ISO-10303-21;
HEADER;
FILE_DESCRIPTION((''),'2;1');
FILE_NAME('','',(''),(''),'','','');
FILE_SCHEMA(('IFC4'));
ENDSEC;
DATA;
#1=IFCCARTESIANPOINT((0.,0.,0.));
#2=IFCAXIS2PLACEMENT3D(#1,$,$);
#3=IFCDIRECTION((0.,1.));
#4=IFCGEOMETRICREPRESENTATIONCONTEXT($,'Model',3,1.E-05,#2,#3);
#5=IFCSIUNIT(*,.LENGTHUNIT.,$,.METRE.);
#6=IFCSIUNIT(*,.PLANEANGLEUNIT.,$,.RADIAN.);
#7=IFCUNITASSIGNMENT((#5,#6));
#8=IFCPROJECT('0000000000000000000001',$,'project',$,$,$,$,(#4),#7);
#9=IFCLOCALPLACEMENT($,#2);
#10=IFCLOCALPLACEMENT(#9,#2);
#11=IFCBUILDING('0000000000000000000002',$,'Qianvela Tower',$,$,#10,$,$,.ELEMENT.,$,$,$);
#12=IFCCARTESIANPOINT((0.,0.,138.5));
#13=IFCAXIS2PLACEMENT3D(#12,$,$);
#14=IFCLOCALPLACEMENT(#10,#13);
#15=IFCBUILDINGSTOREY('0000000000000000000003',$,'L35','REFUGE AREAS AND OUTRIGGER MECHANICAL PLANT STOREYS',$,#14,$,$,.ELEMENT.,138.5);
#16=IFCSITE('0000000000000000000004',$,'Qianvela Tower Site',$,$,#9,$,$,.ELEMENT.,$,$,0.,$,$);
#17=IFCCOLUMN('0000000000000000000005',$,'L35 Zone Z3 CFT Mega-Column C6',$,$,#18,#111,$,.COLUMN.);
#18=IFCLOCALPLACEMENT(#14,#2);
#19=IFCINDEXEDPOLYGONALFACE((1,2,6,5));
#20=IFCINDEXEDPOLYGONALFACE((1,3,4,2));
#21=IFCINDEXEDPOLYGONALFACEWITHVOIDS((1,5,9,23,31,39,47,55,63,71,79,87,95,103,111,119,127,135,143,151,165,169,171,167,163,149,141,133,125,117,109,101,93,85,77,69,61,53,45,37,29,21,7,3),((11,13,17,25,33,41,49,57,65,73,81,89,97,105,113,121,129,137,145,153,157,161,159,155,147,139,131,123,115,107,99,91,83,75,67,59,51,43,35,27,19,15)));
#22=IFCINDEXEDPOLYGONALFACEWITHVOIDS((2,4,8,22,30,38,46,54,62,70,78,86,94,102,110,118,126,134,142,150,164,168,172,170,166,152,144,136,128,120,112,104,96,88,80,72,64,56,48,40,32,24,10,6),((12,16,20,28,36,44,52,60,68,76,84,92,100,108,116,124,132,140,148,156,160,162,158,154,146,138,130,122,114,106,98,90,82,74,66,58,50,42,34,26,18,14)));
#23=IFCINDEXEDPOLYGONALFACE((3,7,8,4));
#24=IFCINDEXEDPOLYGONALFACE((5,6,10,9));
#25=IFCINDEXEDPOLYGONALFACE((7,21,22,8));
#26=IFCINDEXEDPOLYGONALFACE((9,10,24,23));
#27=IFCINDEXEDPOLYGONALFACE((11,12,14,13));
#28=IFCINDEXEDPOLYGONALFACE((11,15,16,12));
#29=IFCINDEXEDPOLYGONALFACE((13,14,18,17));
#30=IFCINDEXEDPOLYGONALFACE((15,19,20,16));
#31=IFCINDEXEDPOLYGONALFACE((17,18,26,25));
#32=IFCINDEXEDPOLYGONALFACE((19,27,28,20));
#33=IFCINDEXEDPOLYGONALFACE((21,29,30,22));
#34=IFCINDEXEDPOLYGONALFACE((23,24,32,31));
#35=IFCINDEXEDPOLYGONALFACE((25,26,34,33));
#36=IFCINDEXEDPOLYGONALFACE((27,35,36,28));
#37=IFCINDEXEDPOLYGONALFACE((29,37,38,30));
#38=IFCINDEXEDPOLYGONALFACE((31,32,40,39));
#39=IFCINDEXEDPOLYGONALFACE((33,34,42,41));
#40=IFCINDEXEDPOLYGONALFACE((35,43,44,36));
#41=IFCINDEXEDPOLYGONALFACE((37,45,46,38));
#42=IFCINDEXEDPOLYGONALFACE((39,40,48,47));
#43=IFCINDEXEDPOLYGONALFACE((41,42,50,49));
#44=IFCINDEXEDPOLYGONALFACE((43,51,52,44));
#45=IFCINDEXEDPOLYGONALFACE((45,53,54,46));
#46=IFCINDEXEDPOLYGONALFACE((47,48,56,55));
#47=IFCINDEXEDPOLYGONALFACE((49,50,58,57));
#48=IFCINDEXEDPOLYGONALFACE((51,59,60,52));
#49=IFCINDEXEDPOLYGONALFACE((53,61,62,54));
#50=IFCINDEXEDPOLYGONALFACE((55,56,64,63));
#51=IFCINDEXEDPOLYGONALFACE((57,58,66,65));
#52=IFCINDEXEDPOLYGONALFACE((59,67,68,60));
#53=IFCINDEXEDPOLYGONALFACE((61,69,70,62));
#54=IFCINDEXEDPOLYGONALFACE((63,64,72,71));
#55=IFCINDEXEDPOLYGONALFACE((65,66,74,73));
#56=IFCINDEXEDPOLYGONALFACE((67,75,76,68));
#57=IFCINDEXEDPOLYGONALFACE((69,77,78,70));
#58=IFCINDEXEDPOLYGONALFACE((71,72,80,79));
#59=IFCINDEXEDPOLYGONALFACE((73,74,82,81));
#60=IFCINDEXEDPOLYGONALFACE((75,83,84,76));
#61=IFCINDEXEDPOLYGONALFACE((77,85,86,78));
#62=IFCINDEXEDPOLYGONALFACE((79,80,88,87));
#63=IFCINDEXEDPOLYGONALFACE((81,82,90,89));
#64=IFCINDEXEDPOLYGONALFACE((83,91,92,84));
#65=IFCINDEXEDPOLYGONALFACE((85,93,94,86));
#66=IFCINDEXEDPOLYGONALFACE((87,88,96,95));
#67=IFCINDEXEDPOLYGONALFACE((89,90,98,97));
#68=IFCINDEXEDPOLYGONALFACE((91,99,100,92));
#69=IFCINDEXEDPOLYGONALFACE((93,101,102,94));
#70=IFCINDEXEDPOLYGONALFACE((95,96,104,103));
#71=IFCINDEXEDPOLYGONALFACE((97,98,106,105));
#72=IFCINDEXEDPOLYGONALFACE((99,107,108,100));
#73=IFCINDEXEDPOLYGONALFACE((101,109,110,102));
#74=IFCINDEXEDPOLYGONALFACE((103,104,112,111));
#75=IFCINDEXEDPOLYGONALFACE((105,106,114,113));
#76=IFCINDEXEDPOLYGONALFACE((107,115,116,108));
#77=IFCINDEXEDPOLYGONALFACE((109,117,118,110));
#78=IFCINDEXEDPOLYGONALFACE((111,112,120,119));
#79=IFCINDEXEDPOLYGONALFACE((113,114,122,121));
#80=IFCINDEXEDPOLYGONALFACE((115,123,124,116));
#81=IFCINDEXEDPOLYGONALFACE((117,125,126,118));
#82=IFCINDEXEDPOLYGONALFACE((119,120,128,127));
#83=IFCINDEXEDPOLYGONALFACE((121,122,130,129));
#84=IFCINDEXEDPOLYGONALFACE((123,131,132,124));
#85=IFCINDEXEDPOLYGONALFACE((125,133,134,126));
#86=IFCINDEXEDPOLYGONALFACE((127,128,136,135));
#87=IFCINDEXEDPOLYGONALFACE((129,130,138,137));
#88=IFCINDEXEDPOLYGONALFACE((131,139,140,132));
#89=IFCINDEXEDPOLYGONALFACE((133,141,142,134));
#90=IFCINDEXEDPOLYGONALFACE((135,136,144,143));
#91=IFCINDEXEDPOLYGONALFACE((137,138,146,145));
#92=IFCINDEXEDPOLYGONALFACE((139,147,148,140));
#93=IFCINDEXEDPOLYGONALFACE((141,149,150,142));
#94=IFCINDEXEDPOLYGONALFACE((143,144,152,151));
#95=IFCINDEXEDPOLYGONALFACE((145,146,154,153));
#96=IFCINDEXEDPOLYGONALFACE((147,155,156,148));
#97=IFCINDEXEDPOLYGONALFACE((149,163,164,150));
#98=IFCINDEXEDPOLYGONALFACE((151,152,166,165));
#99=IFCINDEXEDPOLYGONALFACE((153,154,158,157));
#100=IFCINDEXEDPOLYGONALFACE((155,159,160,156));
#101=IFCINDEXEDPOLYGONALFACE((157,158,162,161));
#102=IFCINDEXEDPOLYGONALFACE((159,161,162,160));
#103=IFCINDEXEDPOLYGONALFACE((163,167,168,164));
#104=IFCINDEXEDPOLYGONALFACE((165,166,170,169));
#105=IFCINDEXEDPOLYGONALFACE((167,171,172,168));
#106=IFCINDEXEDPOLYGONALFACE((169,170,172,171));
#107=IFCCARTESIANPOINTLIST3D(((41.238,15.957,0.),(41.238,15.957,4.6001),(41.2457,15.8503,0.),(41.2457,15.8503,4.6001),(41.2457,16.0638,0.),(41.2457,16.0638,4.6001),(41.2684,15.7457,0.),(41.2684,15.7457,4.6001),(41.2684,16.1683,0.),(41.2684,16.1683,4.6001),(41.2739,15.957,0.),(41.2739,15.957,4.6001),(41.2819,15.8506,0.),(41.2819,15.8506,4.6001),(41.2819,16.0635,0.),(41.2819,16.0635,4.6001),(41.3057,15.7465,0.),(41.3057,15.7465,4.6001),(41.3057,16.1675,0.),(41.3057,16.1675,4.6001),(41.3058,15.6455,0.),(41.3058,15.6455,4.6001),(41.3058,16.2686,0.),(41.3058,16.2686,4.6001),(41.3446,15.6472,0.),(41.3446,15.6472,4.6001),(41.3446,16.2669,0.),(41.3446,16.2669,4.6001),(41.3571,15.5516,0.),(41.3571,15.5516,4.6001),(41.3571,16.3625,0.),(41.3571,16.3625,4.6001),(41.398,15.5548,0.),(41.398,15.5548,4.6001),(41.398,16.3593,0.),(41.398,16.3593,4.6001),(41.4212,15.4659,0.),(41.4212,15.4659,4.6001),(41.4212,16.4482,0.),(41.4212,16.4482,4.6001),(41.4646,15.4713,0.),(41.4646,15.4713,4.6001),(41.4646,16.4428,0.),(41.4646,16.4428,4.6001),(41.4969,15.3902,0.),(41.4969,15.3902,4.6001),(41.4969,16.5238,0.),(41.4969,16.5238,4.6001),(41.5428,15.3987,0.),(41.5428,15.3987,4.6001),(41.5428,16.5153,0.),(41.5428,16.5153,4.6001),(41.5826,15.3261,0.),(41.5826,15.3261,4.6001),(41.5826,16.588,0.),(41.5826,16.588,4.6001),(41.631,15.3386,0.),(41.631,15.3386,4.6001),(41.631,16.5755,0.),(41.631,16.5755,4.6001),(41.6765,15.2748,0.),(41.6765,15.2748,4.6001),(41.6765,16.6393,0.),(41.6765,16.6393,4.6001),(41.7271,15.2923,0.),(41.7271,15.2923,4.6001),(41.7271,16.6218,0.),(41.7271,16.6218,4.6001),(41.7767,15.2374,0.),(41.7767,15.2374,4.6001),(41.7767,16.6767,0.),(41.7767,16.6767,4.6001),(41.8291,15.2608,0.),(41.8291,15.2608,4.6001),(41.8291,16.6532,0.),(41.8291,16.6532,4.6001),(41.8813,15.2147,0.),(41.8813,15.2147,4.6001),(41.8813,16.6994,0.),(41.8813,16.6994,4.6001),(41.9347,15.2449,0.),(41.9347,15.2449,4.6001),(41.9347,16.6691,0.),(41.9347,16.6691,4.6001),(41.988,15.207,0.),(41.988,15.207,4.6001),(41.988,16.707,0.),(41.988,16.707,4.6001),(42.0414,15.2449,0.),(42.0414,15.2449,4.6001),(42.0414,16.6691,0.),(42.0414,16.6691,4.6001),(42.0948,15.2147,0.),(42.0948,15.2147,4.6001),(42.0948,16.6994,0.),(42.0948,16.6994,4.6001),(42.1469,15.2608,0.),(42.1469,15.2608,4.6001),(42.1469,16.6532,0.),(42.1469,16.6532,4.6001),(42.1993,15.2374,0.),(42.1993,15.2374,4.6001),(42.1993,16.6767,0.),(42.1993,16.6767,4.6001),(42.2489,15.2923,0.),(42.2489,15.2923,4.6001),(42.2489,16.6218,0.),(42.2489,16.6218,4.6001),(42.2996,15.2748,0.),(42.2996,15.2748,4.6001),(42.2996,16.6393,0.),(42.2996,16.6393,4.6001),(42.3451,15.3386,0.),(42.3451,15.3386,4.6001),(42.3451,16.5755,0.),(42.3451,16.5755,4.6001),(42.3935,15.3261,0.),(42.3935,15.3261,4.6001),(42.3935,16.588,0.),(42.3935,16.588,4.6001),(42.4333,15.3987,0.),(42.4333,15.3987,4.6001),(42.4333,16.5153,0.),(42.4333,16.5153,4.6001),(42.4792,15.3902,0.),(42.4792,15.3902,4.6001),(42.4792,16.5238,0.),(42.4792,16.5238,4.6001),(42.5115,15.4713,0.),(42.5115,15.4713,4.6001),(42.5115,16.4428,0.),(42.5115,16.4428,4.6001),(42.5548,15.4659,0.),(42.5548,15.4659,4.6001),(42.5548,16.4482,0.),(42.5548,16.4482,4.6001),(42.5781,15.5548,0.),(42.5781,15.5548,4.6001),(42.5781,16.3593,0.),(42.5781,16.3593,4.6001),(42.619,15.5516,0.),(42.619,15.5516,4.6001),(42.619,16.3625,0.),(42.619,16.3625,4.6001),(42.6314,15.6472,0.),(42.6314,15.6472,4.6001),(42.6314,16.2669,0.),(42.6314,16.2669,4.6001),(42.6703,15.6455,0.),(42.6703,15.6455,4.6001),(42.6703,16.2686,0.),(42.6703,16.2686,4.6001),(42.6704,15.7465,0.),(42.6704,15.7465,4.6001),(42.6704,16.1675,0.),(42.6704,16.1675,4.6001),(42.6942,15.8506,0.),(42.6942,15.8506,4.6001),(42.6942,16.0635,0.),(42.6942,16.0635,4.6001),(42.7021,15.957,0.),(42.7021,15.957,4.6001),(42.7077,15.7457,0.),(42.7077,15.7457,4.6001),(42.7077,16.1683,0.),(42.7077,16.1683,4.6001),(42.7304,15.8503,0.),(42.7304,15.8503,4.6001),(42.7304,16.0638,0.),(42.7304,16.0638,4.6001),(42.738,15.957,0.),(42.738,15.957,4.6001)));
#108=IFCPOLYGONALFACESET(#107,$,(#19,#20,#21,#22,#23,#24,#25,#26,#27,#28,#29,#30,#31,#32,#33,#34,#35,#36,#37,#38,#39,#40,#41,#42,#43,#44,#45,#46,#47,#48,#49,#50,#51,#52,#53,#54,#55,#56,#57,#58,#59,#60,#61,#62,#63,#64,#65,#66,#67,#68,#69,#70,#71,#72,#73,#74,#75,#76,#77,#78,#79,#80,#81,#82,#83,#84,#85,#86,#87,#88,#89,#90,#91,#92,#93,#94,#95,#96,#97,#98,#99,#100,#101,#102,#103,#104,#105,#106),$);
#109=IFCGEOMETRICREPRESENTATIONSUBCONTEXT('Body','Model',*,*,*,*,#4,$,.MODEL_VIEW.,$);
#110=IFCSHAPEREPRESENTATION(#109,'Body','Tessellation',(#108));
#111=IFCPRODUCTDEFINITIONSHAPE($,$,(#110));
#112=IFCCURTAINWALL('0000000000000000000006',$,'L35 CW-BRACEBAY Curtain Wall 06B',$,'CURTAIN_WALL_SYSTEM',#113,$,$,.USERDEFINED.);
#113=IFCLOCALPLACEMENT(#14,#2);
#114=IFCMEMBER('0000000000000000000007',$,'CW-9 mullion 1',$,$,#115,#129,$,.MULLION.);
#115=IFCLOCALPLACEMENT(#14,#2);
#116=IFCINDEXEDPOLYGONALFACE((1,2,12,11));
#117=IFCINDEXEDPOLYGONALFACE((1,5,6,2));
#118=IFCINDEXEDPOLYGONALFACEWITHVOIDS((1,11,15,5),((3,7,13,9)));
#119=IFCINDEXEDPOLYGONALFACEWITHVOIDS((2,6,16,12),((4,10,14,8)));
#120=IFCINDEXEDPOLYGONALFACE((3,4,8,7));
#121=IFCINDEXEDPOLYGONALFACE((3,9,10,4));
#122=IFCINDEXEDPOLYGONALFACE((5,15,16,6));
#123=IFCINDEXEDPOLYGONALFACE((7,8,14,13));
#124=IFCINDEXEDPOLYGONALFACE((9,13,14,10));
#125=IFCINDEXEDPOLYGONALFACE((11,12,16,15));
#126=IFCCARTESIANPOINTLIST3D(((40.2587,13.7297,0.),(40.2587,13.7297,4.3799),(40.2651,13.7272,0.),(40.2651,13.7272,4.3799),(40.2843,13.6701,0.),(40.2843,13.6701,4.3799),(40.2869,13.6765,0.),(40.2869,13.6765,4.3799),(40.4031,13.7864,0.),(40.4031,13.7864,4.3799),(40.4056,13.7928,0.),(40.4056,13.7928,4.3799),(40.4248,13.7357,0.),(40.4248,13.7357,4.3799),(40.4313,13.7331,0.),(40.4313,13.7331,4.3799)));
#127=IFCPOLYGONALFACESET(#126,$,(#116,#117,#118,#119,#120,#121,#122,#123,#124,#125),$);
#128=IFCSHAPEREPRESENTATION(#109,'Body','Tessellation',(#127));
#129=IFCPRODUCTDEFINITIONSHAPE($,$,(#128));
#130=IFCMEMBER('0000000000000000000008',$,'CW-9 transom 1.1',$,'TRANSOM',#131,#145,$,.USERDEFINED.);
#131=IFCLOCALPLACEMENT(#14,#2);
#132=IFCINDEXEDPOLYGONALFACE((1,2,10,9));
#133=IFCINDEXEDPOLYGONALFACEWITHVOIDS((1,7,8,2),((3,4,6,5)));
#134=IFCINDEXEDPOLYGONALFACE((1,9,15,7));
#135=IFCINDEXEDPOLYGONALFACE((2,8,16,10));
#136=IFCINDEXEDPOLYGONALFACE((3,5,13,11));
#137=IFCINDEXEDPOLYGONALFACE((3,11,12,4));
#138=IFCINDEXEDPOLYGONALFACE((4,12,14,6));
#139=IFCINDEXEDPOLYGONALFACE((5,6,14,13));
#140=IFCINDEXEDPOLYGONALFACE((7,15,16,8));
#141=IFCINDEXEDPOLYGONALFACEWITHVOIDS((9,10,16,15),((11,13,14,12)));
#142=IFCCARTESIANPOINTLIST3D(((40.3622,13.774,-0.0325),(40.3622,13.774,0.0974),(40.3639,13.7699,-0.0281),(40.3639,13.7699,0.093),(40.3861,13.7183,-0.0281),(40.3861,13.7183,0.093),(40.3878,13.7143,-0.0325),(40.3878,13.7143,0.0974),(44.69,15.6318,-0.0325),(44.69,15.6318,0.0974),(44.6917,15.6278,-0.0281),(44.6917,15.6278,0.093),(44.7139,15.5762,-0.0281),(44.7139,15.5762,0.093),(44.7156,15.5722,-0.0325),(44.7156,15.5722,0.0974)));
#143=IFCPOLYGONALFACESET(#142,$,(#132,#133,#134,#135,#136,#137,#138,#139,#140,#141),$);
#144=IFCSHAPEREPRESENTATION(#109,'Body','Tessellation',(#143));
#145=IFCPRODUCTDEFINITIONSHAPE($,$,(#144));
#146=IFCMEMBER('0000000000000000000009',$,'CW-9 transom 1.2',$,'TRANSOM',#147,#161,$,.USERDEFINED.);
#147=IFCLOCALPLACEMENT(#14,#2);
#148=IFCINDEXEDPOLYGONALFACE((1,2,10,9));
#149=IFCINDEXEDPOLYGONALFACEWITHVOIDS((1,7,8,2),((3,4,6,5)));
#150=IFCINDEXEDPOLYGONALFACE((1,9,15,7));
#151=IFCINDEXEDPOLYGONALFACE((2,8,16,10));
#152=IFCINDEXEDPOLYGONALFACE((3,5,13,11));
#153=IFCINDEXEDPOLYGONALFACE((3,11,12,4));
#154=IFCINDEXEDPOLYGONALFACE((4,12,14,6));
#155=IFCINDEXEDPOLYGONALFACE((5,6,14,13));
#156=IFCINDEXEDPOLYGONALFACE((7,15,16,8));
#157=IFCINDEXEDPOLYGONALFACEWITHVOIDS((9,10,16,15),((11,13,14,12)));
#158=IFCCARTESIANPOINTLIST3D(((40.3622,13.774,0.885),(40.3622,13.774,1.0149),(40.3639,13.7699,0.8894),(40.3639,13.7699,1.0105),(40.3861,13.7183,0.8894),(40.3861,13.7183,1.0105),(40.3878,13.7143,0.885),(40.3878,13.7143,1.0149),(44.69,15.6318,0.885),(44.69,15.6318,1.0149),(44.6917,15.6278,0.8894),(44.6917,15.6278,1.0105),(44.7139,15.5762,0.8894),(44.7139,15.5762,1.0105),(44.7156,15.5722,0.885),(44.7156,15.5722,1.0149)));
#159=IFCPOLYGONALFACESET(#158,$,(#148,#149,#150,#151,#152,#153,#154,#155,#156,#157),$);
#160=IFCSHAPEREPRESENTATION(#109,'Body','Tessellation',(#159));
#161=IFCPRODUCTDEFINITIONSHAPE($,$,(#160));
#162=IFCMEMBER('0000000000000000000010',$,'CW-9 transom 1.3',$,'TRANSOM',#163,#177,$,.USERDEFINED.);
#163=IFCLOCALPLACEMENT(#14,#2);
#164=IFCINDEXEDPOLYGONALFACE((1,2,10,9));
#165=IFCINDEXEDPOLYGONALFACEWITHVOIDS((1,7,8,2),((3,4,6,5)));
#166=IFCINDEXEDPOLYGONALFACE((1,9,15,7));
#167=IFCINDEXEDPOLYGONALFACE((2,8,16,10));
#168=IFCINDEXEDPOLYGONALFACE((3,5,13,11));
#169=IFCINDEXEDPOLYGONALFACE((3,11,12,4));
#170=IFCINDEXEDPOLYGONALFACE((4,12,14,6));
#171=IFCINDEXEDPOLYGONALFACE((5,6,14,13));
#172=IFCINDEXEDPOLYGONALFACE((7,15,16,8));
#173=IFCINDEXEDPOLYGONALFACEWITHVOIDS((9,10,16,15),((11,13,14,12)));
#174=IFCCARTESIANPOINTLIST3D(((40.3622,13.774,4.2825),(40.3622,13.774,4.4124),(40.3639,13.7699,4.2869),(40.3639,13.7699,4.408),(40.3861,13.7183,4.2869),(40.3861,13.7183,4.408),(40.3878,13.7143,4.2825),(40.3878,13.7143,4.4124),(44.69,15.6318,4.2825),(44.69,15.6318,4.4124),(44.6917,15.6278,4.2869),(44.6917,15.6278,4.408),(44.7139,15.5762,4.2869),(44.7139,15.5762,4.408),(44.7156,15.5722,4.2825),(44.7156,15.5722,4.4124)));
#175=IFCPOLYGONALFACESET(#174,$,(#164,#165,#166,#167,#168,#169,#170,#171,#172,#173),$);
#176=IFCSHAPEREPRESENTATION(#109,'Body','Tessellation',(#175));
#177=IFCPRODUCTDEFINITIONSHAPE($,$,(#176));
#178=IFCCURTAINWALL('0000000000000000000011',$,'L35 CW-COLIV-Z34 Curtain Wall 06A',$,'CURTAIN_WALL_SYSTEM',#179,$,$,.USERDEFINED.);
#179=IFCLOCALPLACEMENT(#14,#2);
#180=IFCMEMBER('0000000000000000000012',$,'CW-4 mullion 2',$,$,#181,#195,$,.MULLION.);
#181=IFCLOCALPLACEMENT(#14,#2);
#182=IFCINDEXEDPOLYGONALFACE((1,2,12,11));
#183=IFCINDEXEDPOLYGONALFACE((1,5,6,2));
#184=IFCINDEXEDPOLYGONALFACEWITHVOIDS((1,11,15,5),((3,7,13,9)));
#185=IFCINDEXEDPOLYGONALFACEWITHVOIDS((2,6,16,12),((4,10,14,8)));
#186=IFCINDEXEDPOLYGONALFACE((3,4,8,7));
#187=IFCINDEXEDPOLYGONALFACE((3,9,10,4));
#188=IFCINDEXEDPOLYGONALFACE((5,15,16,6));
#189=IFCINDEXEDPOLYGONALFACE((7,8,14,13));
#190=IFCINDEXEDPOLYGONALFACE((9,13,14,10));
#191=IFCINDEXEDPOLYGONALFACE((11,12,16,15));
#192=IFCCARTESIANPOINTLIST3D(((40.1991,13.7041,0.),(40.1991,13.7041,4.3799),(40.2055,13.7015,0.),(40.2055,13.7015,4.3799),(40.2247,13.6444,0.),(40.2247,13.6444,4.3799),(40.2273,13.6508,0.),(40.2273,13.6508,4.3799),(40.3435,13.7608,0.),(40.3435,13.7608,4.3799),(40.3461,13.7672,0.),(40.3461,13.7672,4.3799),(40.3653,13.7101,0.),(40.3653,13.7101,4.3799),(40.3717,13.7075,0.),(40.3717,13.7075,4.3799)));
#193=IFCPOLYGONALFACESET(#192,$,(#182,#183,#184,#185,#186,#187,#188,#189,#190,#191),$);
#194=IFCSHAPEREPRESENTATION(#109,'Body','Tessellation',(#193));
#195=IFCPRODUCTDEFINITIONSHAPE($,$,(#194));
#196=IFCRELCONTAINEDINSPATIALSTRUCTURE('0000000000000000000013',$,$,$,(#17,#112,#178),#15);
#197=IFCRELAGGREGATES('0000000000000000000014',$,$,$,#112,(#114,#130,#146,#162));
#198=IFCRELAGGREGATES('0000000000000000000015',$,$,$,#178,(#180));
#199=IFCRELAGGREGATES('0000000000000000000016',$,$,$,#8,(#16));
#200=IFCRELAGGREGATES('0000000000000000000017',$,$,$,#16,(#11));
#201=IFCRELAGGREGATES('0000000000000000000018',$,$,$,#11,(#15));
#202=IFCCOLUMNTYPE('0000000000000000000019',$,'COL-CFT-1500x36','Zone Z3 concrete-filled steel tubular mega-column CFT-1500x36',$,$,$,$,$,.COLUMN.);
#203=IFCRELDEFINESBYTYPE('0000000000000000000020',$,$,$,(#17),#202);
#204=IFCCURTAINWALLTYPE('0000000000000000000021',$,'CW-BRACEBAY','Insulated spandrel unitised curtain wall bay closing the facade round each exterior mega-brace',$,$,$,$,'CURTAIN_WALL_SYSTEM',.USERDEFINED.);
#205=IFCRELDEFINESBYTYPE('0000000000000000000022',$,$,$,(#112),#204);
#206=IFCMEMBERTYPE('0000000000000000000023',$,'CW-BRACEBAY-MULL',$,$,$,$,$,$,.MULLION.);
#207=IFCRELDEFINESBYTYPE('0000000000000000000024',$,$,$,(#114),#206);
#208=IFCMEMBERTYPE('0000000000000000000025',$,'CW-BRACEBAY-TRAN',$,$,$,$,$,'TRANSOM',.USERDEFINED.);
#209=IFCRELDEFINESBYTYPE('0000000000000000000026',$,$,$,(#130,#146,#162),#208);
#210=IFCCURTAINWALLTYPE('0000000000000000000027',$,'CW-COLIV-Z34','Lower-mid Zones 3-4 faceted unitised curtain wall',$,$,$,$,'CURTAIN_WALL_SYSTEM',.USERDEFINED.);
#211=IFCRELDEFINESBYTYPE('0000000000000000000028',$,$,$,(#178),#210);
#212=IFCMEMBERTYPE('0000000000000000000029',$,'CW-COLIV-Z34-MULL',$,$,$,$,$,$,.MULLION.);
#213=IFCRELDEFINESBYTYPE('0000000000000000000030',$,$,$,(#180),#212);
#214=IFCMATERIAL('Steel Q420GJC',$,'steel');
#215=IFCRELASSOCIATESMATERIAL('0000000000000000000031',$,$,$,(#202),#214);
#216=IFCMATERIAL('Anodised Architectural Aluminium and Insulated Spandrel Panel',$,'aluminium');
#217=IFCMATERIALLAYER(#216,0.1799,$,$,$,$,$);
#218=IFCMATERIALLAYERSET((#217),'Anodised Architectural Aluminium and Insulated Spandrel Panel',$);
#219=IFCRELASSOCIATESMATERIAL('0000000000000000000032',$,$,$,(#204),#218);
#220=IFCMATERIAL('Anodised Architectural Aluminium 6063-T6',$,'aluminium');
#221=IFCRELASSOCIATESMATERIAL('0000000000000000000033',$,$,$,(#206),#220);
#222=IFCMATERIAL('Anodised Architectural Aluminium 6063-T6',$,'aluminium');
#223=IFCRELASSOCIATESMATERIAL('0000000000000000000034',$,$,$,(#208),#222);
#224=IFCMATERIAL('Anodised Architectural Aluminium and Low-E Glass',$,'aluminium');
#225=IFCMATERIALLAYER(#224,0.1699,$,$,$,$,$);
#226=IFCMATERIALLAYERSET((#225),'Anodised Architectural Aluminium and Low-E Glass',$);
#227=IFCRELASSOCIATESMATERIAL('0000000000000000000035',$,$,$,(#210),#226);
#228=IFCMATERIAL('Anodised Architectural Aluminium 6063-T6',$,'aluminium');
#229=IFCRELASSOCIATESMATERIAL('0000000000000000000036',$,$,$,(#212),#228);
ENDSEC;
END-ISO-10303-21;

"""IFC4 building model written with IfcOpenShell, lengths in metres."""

from ifc_helpers import new_model, si_unit, direction, frame, origin, origin_2d, place, context, subcontext, project, spatial, hollow_rectangle, hollow_circle, extrude, material, layer, layer_set, material_profile, profile_set, type_object, element, aggregate, save


model = new_model("IFC4")

# Units and contexts
model_context = context("Model", 3, precision=1e-05, world=origin(), true_north=direction((0.0, 1.0)))
body_context = subcontext(model_context, "Body", "Model", "MODEL_VIEW")
ifc_project = project(units=[si_unit("LENGTHUNIT", "METRE"), si_unit("PLANEANGLEUNIT", "RADIAN")], contexts=[model_context])

# Site, building, storey
site_placement = place(None, origin())
site = spatial("IfcSite", under=ifc_project, at=site_placement, Name="Qianvela Tower Site", CompositionType="ELEMENT", RefElevation=0.0)
building_placement = place(site_placement, origin())
building = spatial("IfcBuilding", under=site, at=building_placement, Name="Qianvela Tower", CompositionType="ELEMENT")
storey_placement = place(building_placement, frame((0.0, 0.0, 138.5)))
storey = spatial("IfcBuildingStorey", under=building, at=storey_placement, Name="L35", Description="REFUGE AREAS AND OUTRIGGER MECHANICAL PLANT STOREYS", CompositionType="ELEMENT", Elevation=138.5)

# Column
ifc_material_1 = material(Name="Steel Q420GJC", Category="steel")
ifc_material_profile_1 = material_profile(ifc_material_1, hollow_circle(Radius=0.75, WallThickness=0.0359, at=origin_2d()), Name="CFT-1500x36")
ifc_profile_set_1 = profile_set([ifc_material_profile_1], Name="Steel Q420GJC")
column_type = type_object("IfcColumnType", Name="COL-CFT-1500x36", Description="Zone Z3 concrete-filled steel tubular mega-column CFT-1500x36", PredefinedType="COLUMN", material=ifc_profile_set_1)
column_placement = place(storey_placement, frame((41.988, 15.957, 0.0), z_axis=(0.0, 0.0, 1.0), x_axis=(1.0, 0.0, 0.0)))
element("IfcColumn", 1, at=column_placement, inside=storey, type_object=column_type, Name="L35 Zone Z3 CFT Mega-Column C6", PredefinedType="COLUMN", context=body_context, shape_type="SweptSolid", body=[
    extrude(hollow_circle(Radius=0.75, WallThickness=0.0359, at=origin_2d()), origin(), (0.0, 0.0, 1.0), 4.6001),
])

# Curtain wall, members
ifc_material_2 = material(Name="Anodised Architectural Aluminium and Insulated Spandrel Panel", Category="aluminium")
ifc_layer_1 = layer(ifc_material_2, 0.1799)
ifc_layer_set_1 = layer_set([ifc_layer_1], Name="Anodised Architectural Aluminium and Insulated Spandrel Panel")
curtain_wall_type_1 = type_object("IfcCurtainWallType", Name="CW-BRACEBAY", Description="Insulated spandrel unitised curtain wall bay closing the facade round each exterior mega-brace", ElementType="CURTAIN_WALL_SYSTEM", PredefinedType="USERDEFINED", material=ifc_layer_set_1)
curtain_wall_1_placement = place(storey_placement, origin())
curtain_wall_1 = element("IfcCurtainWall", 2, at=curtain_wall_1_placement, inside=storey, type_object=curtain_wall_type_1, Name="L35 CW-BRACEBAY Curtain Wall 06B", ObjectType="CURTAIN_WALL_SYSTEM", PredefinedType="USERDEFINED")
ifc_material_3 = material(Name="Anodised Architectural Aluminium 6063-T6", Category="aluminium")
ifc_material_profile_2 = material_profile(ifc_material_3, hollow_rectangle(XDim=0.0649, YDim=0.1599, WallThickness=0.0049, at=origin_2d()), Name="ALU-MULL-65x160")
ifc_profile_set_2 = profile_set([ifc_material_profile_2], Name="Anodised Architectural Aluminium 6063-T6")
member_type_1 = type_object("IfcMemberType", Name="CW-BRACEBAY-MULL", PredefinedType="MULLION", material=ifc_profile_set_2)
member_1_placement = place(storey_placement, frame((40.345, 13.7314, 0.0), z_axis=(0.0, 0.0, 1.0), x_axis=(-0.394465, 0.918911, 0.0)))
member_1 = element("IfcMember", 3, at=member_1_placement, type_object=member_type_1, Name="CW-9 mullion 1", PredefinedType="MULLION", context=body_context, shape_type="SweptSolid", body=[
    extrude(hollow_rectangle(XDim=0.0649, YDim=0.1599, WallThickness=0.0049, at=origin_2d()), origin(), (0.0, 0.0, 1.0), 4.3799),
])
ifc_material_4 = material(Name="Anodised Architectural Aluminium 6063-T6", Category="aluminium")
ifc_material_profile_3 = material_profile(ifc_material_4, hollow_rectangle(XDim=0.0649, YDim=0.1299, WallThickness=0.0044, at=origin_2d()), Name="ALU-TRAN-65x130")
ifc_profile_set_3 = profile_set([ifc_material_profile_3], Name="Anodised Architectural Aluminium 6063-T6")
member_type_2 = type_object("IfcMemberType", Name="CW-BRACEBAY-TRAN", ElementType="TRANSOM", PredefinedType="USERDEFINED", material=ifc_profile_set_3)
member_2_placement = place(storey_placement, frame((40.375, 13.7441, 0.0325), z_axis=(0.918906, 0.394476, 0.0), x_axis=(-0.394476, 0.918906, 0.0)))
member_2 = element("IfcMember", 4, at=member_2_placement, type_object=member_type_2, Name="CW-9 transom 1.1", ObjectType="TRANSOM", PredefinedType="USERDEFINED", context=body_context, shape_type="SweptSolid", body=[
    extrude(hollow_rectangle(XDim=0.0649, YDim=0.1299, WallThickness=0.0044, at=origin_2d()), origin(), (0.0, 0.0, 1.0), 4.7097),
])
member_3_placement = place(storey_placement, frame((40.375, 13.7441, 0.95), z_axis=(0.918906, 0.394476, 0.0), x_axis=(-0.394476, 0.918906, 0.0)))
member_3 = element("IfcMember", 5, at=member_3_placement, type_object=member_type_2, Name="CW-9 transom 1.2", ObjectType="TRANSOM", PredefinedType="USERDEFINED", context=body_context, shape_type="SweptSolid", body=[
    extrude(hollow_rectangle(XDim=0.0649, YDim=0.1299, WallThickness=0.0044, at=origin_2d()), origin(), (0.0, 0.0, 1.0), 4.7097),
])
member_4_placement = place(storey_placement, frame((40.375, 13.7441, 4.3474), z_axis=(0.918906, 0.394476, 0.0), x_axis=(-0.394476, 0.918906, 0.0)))
member_4 = element("IfcMember", 6, at=member_4_placement, type_object=member_type_2, Name="CW-9 transom 1.3", ObjectType="TRANSOM", PredefinedType="USERDEFINED", context=body_context, shape_type="SweptSolid", body=[
    extrude(hollow_rectangle(XDim=0.0649, YDim=0.1299, WallThickness=0.0044, at=origin_2d()), origin(), (0.0, 0.0, 1.0), 4.7097),
])
aggregate(curtain_wall_1, [member_1, member_2, member_3, member_4])

# Curtain wall, member
ifc_material_5 = material(Name="Anodised Architectural Aluminium and Low-E Glass", Category="aluminium")
ifc_layer_2 = layer(ifc_material_5, 0.1699)
ifc_layer_set_2 = layer_set([ifc_layer_2], Name="Anodised Architectural Aluminium and Low-E Glass")
curtain_wall_type_2 = type_object("IfcCurtainWallType", Name="CW-COLIV-Z34", Description="Lower-mid Zones 3-4 faceted unitised curtain wall", ElementType="CURTAIN_WALL_SYSTEM", PredefinedType="USERDEFINED", material=ifc_layer_set_2)
curtain_wall_2_placement = place(storey_placement, origin())
curtain_wall_2 = element("IfcCurtainWall", 7, at=curtain_wall_2_placement, inside=storey, type_object=curtain_wall_type_2, Name="L35 CW-COLIV-Z34 Curtain Wall 06A", ObjectType="CURTAIN_WALL_SYSTEM", PredefinedType="USERDEFINED")
ifc_material_6 = material(Name="Anodised Architectural Aluminium 6063-T6", Category="aluminium")
ifc_material_profile_4 = material_profile(ifc_material_6, hollow_rectangle(XDim=0.0649, YDim=0.1599, WallThickness=0.0049, at=origin_2d()), Name="ALU-MULL-65x160")
ifc_profile_set_4 = profile_set([ifc_material_profile_4], Name="Anodised Architectural Aluminium 6063-T6")
member_type_3 = type_object("IfcMemberType", Name="CW-COLIV-Z34-MULL", PredefinedType="MULLION", material=ifc_profile_set_4)
member_5_placement = place(storey_placement, frame((40.2854, 13.7058, 0.0), z_axis=(0.0, 0.0, 1.0), x_axis=(-0.394475, 0.918907, 0.0)))
member_5 = element("IfcMember", 8, at=member_5_placement, type_object=member_type_3, Name="CW-4 mullion 2", PredefinedType="MULLION", context=body_context, shape_type="SweptSolid", body=[
    extrude(hollow_rectangle(XDim=0.0649, YDim=0.1599, WallThickness=0.0049, at=origin_2d()), origin(), (0.0, 0.0, 1.0), 4.3799),
])
aggregate(curtain_wall_2, [member_5])

save(model, "model.ifc")
